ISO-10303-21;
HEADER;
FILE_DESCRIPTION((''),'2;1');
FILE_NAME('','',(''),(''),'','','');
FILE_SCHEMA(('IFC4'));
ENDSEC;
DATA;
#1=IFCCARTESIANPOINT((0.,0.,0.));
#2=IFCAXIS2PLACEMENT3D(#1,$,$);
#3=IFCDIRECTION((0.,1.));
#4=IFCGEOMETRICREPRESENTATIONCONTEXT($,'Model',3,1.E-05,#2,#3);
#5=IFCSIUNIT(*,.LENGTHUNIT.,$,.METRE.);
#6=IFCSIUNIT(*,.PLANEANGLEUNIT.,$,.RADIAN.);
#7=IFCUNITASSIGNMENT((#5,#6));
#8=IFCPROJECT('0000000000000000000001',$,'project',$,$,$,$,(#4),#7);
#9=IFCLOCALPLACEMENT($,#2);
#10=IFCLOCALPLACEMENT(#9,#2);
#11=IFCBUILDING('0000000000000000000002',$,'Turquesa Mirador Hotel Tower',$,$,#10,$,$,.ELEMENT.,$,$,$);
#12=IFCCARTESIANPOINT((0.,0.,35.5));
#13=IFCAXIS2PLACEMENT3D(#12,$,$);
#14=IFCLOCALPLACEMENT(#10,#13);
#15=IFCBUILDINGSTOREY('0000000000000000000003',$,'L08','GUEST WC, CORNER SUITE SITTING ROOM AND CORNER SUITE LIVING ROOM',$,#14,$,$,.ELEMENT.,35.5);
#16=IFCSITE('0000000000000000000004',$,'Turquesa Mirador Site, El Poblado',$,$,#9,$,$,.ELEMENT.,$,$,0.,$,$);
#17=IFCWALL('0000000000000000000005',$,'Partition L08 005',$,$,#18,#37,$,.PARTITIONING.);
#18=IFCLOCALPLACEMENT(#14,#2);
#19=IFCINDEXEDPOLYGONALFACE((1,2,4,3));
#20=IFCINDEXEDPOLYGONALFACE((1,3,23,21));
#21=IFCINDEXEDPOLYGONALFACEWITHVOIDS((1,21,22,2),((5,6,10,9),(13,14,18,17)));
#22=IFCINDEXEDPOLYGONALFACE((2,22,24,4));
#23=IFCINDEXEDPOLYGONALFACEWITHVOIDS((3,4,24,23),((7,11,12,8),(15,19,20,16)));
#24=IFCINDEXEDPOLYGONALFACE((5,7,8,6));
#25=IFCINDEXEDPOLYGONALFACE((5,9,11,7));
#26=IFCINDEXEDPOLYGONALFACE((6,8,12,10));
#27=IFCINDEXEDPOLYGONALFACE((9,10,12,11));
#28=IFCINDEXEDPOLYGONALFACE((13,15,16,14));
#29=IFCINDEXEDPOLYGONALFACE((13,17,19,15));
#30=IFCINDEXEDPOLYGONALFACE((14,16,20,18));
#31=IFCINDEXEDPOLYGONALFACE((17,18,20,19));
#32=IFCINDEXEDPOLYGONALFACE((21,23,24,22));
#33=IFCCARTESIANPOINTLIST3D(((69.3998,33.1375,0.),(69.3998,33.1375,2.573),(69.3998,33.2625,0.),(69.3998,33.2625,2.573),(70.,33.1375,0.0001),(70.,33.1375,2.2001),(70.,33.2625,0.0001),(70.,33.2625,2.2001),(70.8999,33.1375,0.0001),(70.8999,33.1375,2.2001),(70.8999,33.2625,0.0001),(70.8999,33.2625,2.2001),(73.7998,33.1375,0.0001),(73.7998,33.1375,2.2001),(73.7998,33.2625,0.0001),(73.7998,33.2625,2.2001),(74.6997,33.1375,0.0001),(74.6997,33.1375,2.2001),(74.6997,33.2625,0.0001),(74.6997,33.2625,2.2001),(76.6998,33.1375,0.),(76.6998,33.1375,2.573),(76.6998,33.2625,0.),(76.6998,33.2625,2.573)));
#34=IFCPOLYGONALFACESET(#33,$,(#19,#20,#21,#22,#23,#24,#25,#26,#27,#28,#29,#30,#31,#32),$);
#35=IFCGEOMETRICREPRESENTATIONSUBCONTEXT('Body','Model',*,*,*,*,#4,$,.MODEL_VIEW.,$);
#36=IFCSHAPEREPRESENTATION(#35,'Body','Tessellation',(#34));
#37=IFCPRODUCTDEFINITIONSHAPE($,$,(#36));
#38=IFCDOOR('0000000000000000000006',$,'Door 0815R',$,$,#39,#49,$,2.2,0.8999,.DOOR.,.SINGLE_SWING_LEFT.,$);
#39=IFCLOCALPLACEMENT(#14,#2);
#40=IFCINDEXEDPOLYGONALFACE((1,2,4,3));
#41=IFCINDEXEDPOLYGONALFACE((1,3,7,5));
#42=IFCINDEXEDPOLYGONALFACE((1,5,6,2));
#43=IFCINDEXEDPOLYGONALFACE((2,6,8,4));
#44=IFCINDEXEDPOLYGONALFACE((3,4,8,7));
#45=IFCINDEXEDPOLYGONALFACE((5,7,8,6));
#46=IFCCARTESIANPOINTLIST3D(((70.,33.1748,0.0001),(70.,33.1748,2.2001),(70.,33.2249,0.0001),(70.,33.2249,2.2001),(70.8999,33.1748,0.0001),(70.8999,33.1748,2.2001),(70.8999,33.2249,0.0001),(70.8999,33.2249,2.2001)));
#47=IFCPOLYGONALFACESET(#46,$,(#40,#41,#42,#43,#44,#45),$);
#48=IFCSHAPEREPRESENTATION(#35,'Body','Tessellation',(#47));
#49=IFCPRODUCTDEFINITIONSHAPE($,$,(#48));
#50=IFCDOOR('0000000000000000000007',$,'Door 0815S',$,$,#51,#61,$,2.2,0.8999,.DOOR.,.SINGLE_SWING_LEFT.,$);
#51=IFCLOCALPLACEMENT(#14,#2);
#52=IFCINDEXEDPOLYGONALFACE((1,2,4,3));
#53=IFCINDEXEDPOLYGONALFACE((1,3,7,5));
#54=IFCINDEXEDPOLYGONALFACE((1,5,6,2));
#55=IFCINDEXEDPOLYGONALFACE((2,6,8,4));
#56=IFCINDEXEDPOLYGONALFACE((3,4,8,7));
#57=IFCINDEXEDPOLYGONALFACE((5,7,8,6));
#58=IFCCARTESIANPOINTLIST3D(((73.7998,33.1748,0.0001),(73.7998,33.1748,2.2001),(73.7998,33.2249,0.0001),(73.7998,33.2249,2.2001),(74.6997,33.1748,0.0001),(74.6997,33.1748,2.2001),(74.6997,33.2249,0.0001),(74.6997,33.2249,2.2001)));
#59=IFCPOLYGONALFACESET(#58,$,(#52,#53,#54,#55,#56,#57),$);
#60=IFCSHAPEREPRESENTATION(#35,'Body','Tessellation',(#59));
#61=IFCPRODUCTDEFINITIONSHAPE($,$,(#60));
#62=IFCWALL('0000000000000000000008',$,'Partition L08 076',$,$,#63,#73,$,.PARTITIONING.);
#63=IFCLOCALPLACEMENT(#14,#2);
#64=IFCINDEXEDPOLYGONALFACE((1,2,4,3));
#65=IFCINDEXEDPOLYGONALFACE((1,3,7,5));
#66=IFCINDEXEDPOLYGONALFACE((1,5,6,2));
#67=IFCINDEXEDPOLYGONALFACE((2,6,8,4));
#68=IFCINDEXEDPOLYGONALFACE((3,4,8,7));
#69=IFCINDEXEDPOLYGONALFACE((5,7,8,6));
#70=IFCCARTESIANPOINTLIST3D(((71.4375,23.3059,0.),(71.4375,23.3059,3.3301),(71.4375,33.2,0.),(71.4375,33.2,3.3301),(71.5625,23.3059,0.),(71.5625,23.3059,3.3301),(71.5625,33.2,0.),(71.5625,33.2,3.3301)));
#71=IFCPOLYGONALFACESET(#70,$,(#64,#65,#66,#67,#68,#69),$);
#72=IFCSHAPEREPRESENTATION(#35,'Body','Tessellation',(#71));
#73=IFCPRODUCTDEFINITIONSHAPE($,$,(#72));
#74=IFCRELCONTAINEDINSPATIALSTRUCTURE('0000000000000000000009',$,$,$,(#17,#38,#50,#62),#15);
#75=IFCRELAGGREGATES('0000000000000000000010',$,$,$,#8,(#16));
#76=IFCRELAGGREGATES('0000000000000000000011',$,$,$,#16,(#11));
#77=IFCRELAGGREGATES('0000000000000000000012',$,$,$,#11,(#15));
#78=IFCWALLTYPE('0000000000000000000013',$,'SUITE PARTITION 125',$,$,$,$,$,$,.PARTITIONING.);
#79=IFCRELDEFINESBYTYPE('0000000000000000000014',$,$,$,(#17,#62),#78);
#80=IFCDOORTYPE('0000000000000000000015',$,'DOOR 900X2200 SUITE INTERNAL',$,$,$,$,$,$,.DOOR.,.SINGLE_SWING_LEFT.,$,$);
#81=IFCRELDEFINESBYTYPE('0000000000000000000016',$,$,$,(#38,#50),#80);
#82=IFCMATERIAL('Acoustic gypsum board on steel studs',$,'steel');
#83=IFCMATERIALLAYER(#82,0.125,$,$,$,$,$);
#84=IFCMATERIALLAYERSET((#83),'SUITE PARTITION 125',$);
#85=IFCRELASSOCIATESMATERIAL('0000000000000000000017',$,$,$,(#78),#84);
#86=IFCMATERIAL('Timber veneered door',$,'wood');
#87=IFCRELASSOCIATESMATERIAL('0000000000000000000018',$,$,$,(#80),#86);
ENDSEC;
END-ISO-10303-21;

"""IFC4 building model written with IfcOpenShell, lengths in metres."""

from ifc_helpers import new_model, si_unit, direction, frame, frame_2d, origin, place, context, subcontext, project, spatial, rectangle, extrude, material, layer, layer_set, type_object, element, fill, save


model = new_model("IFC4")

# Units and contexts
model_context = context("Model", 3, precision=1e-05, world=origin(), true_north=direction((0.0, 1.0)))
body_context = subcontext(model_context, "Body", "Model", "MODEL_VIEW")
ifc_project = project(units=[si_unit("LENGTHUNIT", "METRE"), si_unit("PLANEANGLEUNIT", "RADIAN")], contexts=[model_context])

# Site, building, storey
site_placement = place(None, origin())
site = spatial("IfcSite", under=ifc_project, at=site_placement, Name="Turquesa Mirador Site, El Poblado", CompositionType="ELEMENT", RefElevation=0.0)
building_placement = place(site_placement, origin())
building = spatial("IfcBuilding", under=site, at=building_placement, Name="Turquesa Mirador Hotel Tower", CompositionType="ELEMENT")
storey_placement = place(building_placement, frame((0.0, 0.0, 35.5)))
storey = spatial("IfcBuildingStorey", under=building, at=storey_placement, Name="L08", Description="GUEST WC, CORNER SUITE SITTING ROOM AND CORNER SUITE LIVING ROOM", CompositionType="ELEMENT", Elevation=35.5)

# Wall, openings, doors
ifc_material_1 = material(Name="Acoustic gypsum board on steel studs", Category="steel")
ifc_layer_1 = layer(ifc_material_1, 0.125)
ifc_layer_set_1 = layer_set([ifc_layer_1], Name="SUITE PARTITION 125")
wall_type_1 = type_object("IfcWallType", Name="SUITE PARTITION 125", PredefinedType="PARTITIONING", material=ifc_layer_set_1)
wall_1_placement = place(storey_placement, frame((69.3999, 33.2, 0.0), z_axis=(0.0, 0.0, 1.0), x_axis=(1.0, 0.0, 0.0)))
wall_1 = element("IfcWall", 1, at=wall_1_placement, inside=storey, type_object=wall_type_1, Name="Partition L08 005", PredefinedType="PARTITIONING", context=body_context, shape_type="SweptSolid", body=[
    extrude(rectangle(XDim=7.3, YDim=0.125, at=frame_2d((3.6499, 0.0))), origin(), (0.0, 0.0, 1.0), 2.573),
])
opening_1_placement = place(wall_1_placement, frame((0.6001, 0.0, 0.0)))
opening_1 = element("IfcOpeningElement", 2, at=opening_1_placement, cuts=wall_1, PredefinedType="OPENING", context=body_context, shape_type="SweptSolid", body=[
    extrude(rectangle(XDim=0.8999, YDim=2.2, at=frame_2d((0.45, 1.1001))), frame((0.0, 0.0725, 0.0), z_axis=(0.0, -1.0, 0.0), x_axis=(1.0, 0.0, 0.0)), (0.0, 0.0, 1.0), 0.145),
])
opening_2_placement = place(wall_1_placement, frame((4.3999, 0.0, 0.0)))
opening_2 = element("IfcOpeningElement", 3, at=opening_2_placement, cuts=wall_1, PredefinedType="OPENING", context=body_context, shape_type="SweptSolid", body=[
    extrude(rectangle(XDim=0.8999, YDim=2.2, at=frame_2d((0.45, 1.1001))), frame((0.0, 0.0725, 0.0), z_axis=(0.0, -1.0, 0.0), x_axis=(1.0, 0.0, 0.0)), (0.0, 0.0, 1.0), 0.145),
])
ifc_material_2 = material(Name="Timber veneered door", Category="wood")
door_type_1 = type_object("IfcDoorType", Name="DOOR 900X2200 SUITE INTERNAL", OperationType="SINGLE_SWING_LEFT", PredefinedType="DOOR", material=ifc_material_2)
door_1_placement = place(opening_1_placement, origin())
door_1 = element("IfcDoor", 4, at=door_1_placement, inside=storey, type_object=door_type_1, Name="Door 0815R", OperationType="SINGLE_SWING_LEFT", OverallHeight=2.2, OverallWidth=0.8999, PredefinedType="DOOR", context=body_context, shape_type="SweptSolid", body=[
    extrude(rectangle(XDim=0.8999, YDim=2.2, at=frame_2d((0.45, 1.1001))), frame((0.0, 0.0249, 0.0), z_axis=(0.0, -1.0, 0.0), x_axis=(1.0, 0.0, 0.0)), (0.0, 0.0, 1.0), 0.05),
])
fill(opening_1, door_1)
door_2_placement = place(opening_2_placement, origin())
door_2 = element("IfcDoor", 5, at=door_2_placement, inside=storey, type_object=door_type_1, Name="Door 0815S", OperationType="SINGLE_SWING_LEFT", OverallHeight=2.2, OverallWidth=0.8999, PredefinedType="DOOR", context=body_context, shape_type="SweptSolid", body=[
    extrude(rectangle(XDim=0.8999, YDim=2.2, at=frame_2d((0.45, 1.1001))), frame((0.0, 0.0249, 0.0), z_axis=(0.0, -1.0, 0.0), x_axis=(1.0, 0.0, 0.0)), (0.0, 0.0, 1.0), 0.05),
])
fill(opening_2, door_2)

# Wall
wall_2_placement = place(storey_placement, frame((71.5, 23.3059, 0.0), z_axis=(0.0, 0.0, 1.0), x_axis=(0.0, 1.0, 0.0)))
element("IfcWall", 6, at=wall_2_placement, inside=storey, type_object=wall_type_1, Name="Partition L08 076", PredefinedType="PARTITIONING", context=body_context, shape_type="SweptSolid", body=[
    extrude(rectangle(XDim=9.894, YDim=0.125, at=frame_2d((4.947, 0.0))), origin(), (0.0, 0.0, 1.0), 3.3301),
])

save(model, "model.ifc")
